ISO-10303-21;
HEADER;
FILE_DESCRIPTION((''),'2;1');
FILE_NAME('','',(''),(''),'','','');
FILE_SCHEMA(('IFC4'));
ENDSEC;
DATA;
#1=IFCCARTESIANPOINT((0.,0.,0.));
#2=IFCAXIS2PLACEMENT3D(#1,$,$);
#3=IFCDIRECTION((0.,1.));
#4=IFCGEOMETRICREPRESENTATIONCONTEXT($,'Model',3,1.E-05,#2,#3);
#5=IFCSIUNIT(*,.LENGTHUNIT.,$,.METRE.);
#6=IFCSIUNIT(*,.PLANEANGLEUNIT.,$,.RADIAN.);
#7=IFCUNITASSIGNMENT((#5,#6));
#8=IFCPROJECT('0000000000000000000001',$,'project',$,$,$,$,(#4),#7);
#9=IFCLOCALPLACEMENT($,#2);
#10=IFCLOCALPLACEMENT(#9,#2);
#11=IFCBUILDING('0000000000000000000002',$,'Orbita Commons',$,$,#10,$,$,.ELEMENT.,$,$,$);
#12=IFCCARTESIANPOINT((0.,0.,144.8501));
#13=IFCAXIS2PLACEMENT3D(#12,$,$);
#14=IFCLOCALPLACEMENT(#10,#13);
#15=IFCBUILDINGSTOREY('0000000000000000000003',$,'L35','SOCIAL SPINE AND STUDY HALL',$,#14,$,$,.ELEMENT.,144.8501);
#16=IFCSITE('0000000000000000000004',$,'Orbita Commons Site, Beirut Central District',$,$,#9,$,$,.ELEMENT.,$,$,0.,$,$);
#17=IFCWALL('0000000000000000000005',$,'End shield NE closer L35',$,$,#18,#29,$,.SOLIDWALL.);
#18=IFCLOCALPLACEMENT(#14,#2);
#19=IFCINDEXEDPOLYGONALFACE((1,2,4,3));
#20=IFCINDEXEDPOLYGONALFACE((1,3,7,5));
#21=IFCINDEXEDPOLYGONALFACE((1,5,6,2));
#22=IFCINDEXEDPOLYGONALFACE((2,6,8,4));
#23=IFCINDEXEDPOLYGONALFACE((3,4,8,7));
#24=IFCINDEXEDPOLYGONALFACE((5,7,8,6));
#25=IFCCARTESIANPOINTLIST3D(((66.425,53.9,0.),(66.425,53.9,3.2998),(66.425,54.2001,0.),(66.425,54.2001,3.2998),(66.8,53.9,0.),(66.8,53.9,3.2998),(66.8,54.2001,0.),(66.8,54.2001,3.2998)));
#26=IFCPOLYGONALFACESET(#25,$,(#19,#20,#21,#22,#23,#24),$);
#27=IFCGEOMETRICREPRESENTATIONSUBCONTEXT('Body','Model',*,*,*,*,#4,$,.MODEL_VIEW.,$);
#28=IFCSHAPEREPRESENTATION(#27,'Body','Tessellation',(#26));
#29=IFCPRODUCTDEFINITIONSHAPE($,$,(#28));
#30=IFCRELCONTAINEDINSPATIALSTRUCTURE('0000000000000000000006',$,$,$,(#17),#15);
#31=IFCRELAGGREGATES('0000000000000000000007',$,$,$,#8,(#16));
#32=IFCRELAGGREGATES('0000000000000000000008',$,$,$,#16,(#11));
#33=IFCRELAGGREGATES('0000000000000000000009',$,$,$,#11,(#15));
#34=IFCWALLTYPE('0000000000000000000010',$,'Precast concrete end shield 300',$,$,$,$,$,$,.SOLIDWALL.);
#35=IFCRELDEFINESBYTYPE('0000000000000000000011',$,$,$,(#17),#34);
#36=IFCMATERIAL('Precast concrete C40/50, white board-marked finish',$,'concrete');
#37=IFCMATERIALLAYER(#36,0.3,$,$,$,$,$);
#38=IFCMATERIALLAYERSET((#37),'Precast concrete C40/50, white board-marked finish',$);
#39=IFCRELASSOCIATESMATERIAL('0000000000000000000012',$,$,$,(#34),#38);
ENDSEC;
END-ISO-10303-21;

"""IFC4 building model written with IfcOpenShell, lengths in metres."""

from ifc_helpers import new_model, si_unit, direction, frame, frame_2d, origin, place, context, subcontext, project, spatial, rectangle, extrude, material, layer, layer_set, type_object, element, save


model = new_model("IFC4")

# Units and contexts
model_context = context("Model", 3, precision=1e-05, world=origin(), true_north=direction((0.0, 1.0)))
body_context = subcontext(model_context, "Body", "Model", "MODEL_VIEW")
ifc_project = project(units=[si_unit("LENGTHUNIT", "METRE"), si_unit("PLANEANGLEUNIT", "RADIAN")], contexts=[model_context])

# Site, building, storey
site_placement = place(None, origin())
site = spatial("IfcSite", under=ifc_project, at=site_placement, Name="Orbita Commons Site, Beirut Central District", CompositionType="ELEMENT", RefElevation=0.0)
building_placement = place(site_placement, origin())
building = spatial("IfcBuilding", under=site, at=building_placement, Name="Orbita Commons", CompositionType="ELEMENT")
storey_placement = place(building_placement, frame((0.0, 0.0, 144.8501)))
storey = spatial("IfcBuildingStorey", under=building, at=storey_placement, Name="L35", Description="SOCIAL SPINE AND STUDY HALL", CompositionType="ELEMENT", Elevation=144.8501)

# Shared definitions
ifc_material_1 = material(Name="Precast concrete C40/50, white board-marked finish", Category="concrete")
ifc_layer_1 = layer(ifc_material_1, 0.3)
ifc_layer_set_1 = layer_set([ifc_layer_1], Name="Precast concrete C40/50, white board-marked finish")
wall_type_1 = type_object("IfcWallType", Name="Precast concrete end shield 300", PredefinedType="SOLIDWALL", material=ifc_layer_set_1)

# Wall
wall_1_placement = place(storey_placement, frame((66.8, 54.05, 0.0), z_axis=(0.0, 0.0, 1.0), x_axis=(-1.0, 0.0, 0.0)))
element("IfcWall", 1, at=wall_1_placement, inside=storey, type_object=wall_type_1, Name="End shield NE closer L35", PredefinedType="SOLIDWALL", context=body_context, shape_type="SweptSolid", body=[
    extrude(rectangle(XDim=0.375, YDim=0.3, at=frame_2d((0.1875, 0.0))), origin(), (0.0, 0.0, 1.0), 3.2998),
])

save(model, "model.ifc")
